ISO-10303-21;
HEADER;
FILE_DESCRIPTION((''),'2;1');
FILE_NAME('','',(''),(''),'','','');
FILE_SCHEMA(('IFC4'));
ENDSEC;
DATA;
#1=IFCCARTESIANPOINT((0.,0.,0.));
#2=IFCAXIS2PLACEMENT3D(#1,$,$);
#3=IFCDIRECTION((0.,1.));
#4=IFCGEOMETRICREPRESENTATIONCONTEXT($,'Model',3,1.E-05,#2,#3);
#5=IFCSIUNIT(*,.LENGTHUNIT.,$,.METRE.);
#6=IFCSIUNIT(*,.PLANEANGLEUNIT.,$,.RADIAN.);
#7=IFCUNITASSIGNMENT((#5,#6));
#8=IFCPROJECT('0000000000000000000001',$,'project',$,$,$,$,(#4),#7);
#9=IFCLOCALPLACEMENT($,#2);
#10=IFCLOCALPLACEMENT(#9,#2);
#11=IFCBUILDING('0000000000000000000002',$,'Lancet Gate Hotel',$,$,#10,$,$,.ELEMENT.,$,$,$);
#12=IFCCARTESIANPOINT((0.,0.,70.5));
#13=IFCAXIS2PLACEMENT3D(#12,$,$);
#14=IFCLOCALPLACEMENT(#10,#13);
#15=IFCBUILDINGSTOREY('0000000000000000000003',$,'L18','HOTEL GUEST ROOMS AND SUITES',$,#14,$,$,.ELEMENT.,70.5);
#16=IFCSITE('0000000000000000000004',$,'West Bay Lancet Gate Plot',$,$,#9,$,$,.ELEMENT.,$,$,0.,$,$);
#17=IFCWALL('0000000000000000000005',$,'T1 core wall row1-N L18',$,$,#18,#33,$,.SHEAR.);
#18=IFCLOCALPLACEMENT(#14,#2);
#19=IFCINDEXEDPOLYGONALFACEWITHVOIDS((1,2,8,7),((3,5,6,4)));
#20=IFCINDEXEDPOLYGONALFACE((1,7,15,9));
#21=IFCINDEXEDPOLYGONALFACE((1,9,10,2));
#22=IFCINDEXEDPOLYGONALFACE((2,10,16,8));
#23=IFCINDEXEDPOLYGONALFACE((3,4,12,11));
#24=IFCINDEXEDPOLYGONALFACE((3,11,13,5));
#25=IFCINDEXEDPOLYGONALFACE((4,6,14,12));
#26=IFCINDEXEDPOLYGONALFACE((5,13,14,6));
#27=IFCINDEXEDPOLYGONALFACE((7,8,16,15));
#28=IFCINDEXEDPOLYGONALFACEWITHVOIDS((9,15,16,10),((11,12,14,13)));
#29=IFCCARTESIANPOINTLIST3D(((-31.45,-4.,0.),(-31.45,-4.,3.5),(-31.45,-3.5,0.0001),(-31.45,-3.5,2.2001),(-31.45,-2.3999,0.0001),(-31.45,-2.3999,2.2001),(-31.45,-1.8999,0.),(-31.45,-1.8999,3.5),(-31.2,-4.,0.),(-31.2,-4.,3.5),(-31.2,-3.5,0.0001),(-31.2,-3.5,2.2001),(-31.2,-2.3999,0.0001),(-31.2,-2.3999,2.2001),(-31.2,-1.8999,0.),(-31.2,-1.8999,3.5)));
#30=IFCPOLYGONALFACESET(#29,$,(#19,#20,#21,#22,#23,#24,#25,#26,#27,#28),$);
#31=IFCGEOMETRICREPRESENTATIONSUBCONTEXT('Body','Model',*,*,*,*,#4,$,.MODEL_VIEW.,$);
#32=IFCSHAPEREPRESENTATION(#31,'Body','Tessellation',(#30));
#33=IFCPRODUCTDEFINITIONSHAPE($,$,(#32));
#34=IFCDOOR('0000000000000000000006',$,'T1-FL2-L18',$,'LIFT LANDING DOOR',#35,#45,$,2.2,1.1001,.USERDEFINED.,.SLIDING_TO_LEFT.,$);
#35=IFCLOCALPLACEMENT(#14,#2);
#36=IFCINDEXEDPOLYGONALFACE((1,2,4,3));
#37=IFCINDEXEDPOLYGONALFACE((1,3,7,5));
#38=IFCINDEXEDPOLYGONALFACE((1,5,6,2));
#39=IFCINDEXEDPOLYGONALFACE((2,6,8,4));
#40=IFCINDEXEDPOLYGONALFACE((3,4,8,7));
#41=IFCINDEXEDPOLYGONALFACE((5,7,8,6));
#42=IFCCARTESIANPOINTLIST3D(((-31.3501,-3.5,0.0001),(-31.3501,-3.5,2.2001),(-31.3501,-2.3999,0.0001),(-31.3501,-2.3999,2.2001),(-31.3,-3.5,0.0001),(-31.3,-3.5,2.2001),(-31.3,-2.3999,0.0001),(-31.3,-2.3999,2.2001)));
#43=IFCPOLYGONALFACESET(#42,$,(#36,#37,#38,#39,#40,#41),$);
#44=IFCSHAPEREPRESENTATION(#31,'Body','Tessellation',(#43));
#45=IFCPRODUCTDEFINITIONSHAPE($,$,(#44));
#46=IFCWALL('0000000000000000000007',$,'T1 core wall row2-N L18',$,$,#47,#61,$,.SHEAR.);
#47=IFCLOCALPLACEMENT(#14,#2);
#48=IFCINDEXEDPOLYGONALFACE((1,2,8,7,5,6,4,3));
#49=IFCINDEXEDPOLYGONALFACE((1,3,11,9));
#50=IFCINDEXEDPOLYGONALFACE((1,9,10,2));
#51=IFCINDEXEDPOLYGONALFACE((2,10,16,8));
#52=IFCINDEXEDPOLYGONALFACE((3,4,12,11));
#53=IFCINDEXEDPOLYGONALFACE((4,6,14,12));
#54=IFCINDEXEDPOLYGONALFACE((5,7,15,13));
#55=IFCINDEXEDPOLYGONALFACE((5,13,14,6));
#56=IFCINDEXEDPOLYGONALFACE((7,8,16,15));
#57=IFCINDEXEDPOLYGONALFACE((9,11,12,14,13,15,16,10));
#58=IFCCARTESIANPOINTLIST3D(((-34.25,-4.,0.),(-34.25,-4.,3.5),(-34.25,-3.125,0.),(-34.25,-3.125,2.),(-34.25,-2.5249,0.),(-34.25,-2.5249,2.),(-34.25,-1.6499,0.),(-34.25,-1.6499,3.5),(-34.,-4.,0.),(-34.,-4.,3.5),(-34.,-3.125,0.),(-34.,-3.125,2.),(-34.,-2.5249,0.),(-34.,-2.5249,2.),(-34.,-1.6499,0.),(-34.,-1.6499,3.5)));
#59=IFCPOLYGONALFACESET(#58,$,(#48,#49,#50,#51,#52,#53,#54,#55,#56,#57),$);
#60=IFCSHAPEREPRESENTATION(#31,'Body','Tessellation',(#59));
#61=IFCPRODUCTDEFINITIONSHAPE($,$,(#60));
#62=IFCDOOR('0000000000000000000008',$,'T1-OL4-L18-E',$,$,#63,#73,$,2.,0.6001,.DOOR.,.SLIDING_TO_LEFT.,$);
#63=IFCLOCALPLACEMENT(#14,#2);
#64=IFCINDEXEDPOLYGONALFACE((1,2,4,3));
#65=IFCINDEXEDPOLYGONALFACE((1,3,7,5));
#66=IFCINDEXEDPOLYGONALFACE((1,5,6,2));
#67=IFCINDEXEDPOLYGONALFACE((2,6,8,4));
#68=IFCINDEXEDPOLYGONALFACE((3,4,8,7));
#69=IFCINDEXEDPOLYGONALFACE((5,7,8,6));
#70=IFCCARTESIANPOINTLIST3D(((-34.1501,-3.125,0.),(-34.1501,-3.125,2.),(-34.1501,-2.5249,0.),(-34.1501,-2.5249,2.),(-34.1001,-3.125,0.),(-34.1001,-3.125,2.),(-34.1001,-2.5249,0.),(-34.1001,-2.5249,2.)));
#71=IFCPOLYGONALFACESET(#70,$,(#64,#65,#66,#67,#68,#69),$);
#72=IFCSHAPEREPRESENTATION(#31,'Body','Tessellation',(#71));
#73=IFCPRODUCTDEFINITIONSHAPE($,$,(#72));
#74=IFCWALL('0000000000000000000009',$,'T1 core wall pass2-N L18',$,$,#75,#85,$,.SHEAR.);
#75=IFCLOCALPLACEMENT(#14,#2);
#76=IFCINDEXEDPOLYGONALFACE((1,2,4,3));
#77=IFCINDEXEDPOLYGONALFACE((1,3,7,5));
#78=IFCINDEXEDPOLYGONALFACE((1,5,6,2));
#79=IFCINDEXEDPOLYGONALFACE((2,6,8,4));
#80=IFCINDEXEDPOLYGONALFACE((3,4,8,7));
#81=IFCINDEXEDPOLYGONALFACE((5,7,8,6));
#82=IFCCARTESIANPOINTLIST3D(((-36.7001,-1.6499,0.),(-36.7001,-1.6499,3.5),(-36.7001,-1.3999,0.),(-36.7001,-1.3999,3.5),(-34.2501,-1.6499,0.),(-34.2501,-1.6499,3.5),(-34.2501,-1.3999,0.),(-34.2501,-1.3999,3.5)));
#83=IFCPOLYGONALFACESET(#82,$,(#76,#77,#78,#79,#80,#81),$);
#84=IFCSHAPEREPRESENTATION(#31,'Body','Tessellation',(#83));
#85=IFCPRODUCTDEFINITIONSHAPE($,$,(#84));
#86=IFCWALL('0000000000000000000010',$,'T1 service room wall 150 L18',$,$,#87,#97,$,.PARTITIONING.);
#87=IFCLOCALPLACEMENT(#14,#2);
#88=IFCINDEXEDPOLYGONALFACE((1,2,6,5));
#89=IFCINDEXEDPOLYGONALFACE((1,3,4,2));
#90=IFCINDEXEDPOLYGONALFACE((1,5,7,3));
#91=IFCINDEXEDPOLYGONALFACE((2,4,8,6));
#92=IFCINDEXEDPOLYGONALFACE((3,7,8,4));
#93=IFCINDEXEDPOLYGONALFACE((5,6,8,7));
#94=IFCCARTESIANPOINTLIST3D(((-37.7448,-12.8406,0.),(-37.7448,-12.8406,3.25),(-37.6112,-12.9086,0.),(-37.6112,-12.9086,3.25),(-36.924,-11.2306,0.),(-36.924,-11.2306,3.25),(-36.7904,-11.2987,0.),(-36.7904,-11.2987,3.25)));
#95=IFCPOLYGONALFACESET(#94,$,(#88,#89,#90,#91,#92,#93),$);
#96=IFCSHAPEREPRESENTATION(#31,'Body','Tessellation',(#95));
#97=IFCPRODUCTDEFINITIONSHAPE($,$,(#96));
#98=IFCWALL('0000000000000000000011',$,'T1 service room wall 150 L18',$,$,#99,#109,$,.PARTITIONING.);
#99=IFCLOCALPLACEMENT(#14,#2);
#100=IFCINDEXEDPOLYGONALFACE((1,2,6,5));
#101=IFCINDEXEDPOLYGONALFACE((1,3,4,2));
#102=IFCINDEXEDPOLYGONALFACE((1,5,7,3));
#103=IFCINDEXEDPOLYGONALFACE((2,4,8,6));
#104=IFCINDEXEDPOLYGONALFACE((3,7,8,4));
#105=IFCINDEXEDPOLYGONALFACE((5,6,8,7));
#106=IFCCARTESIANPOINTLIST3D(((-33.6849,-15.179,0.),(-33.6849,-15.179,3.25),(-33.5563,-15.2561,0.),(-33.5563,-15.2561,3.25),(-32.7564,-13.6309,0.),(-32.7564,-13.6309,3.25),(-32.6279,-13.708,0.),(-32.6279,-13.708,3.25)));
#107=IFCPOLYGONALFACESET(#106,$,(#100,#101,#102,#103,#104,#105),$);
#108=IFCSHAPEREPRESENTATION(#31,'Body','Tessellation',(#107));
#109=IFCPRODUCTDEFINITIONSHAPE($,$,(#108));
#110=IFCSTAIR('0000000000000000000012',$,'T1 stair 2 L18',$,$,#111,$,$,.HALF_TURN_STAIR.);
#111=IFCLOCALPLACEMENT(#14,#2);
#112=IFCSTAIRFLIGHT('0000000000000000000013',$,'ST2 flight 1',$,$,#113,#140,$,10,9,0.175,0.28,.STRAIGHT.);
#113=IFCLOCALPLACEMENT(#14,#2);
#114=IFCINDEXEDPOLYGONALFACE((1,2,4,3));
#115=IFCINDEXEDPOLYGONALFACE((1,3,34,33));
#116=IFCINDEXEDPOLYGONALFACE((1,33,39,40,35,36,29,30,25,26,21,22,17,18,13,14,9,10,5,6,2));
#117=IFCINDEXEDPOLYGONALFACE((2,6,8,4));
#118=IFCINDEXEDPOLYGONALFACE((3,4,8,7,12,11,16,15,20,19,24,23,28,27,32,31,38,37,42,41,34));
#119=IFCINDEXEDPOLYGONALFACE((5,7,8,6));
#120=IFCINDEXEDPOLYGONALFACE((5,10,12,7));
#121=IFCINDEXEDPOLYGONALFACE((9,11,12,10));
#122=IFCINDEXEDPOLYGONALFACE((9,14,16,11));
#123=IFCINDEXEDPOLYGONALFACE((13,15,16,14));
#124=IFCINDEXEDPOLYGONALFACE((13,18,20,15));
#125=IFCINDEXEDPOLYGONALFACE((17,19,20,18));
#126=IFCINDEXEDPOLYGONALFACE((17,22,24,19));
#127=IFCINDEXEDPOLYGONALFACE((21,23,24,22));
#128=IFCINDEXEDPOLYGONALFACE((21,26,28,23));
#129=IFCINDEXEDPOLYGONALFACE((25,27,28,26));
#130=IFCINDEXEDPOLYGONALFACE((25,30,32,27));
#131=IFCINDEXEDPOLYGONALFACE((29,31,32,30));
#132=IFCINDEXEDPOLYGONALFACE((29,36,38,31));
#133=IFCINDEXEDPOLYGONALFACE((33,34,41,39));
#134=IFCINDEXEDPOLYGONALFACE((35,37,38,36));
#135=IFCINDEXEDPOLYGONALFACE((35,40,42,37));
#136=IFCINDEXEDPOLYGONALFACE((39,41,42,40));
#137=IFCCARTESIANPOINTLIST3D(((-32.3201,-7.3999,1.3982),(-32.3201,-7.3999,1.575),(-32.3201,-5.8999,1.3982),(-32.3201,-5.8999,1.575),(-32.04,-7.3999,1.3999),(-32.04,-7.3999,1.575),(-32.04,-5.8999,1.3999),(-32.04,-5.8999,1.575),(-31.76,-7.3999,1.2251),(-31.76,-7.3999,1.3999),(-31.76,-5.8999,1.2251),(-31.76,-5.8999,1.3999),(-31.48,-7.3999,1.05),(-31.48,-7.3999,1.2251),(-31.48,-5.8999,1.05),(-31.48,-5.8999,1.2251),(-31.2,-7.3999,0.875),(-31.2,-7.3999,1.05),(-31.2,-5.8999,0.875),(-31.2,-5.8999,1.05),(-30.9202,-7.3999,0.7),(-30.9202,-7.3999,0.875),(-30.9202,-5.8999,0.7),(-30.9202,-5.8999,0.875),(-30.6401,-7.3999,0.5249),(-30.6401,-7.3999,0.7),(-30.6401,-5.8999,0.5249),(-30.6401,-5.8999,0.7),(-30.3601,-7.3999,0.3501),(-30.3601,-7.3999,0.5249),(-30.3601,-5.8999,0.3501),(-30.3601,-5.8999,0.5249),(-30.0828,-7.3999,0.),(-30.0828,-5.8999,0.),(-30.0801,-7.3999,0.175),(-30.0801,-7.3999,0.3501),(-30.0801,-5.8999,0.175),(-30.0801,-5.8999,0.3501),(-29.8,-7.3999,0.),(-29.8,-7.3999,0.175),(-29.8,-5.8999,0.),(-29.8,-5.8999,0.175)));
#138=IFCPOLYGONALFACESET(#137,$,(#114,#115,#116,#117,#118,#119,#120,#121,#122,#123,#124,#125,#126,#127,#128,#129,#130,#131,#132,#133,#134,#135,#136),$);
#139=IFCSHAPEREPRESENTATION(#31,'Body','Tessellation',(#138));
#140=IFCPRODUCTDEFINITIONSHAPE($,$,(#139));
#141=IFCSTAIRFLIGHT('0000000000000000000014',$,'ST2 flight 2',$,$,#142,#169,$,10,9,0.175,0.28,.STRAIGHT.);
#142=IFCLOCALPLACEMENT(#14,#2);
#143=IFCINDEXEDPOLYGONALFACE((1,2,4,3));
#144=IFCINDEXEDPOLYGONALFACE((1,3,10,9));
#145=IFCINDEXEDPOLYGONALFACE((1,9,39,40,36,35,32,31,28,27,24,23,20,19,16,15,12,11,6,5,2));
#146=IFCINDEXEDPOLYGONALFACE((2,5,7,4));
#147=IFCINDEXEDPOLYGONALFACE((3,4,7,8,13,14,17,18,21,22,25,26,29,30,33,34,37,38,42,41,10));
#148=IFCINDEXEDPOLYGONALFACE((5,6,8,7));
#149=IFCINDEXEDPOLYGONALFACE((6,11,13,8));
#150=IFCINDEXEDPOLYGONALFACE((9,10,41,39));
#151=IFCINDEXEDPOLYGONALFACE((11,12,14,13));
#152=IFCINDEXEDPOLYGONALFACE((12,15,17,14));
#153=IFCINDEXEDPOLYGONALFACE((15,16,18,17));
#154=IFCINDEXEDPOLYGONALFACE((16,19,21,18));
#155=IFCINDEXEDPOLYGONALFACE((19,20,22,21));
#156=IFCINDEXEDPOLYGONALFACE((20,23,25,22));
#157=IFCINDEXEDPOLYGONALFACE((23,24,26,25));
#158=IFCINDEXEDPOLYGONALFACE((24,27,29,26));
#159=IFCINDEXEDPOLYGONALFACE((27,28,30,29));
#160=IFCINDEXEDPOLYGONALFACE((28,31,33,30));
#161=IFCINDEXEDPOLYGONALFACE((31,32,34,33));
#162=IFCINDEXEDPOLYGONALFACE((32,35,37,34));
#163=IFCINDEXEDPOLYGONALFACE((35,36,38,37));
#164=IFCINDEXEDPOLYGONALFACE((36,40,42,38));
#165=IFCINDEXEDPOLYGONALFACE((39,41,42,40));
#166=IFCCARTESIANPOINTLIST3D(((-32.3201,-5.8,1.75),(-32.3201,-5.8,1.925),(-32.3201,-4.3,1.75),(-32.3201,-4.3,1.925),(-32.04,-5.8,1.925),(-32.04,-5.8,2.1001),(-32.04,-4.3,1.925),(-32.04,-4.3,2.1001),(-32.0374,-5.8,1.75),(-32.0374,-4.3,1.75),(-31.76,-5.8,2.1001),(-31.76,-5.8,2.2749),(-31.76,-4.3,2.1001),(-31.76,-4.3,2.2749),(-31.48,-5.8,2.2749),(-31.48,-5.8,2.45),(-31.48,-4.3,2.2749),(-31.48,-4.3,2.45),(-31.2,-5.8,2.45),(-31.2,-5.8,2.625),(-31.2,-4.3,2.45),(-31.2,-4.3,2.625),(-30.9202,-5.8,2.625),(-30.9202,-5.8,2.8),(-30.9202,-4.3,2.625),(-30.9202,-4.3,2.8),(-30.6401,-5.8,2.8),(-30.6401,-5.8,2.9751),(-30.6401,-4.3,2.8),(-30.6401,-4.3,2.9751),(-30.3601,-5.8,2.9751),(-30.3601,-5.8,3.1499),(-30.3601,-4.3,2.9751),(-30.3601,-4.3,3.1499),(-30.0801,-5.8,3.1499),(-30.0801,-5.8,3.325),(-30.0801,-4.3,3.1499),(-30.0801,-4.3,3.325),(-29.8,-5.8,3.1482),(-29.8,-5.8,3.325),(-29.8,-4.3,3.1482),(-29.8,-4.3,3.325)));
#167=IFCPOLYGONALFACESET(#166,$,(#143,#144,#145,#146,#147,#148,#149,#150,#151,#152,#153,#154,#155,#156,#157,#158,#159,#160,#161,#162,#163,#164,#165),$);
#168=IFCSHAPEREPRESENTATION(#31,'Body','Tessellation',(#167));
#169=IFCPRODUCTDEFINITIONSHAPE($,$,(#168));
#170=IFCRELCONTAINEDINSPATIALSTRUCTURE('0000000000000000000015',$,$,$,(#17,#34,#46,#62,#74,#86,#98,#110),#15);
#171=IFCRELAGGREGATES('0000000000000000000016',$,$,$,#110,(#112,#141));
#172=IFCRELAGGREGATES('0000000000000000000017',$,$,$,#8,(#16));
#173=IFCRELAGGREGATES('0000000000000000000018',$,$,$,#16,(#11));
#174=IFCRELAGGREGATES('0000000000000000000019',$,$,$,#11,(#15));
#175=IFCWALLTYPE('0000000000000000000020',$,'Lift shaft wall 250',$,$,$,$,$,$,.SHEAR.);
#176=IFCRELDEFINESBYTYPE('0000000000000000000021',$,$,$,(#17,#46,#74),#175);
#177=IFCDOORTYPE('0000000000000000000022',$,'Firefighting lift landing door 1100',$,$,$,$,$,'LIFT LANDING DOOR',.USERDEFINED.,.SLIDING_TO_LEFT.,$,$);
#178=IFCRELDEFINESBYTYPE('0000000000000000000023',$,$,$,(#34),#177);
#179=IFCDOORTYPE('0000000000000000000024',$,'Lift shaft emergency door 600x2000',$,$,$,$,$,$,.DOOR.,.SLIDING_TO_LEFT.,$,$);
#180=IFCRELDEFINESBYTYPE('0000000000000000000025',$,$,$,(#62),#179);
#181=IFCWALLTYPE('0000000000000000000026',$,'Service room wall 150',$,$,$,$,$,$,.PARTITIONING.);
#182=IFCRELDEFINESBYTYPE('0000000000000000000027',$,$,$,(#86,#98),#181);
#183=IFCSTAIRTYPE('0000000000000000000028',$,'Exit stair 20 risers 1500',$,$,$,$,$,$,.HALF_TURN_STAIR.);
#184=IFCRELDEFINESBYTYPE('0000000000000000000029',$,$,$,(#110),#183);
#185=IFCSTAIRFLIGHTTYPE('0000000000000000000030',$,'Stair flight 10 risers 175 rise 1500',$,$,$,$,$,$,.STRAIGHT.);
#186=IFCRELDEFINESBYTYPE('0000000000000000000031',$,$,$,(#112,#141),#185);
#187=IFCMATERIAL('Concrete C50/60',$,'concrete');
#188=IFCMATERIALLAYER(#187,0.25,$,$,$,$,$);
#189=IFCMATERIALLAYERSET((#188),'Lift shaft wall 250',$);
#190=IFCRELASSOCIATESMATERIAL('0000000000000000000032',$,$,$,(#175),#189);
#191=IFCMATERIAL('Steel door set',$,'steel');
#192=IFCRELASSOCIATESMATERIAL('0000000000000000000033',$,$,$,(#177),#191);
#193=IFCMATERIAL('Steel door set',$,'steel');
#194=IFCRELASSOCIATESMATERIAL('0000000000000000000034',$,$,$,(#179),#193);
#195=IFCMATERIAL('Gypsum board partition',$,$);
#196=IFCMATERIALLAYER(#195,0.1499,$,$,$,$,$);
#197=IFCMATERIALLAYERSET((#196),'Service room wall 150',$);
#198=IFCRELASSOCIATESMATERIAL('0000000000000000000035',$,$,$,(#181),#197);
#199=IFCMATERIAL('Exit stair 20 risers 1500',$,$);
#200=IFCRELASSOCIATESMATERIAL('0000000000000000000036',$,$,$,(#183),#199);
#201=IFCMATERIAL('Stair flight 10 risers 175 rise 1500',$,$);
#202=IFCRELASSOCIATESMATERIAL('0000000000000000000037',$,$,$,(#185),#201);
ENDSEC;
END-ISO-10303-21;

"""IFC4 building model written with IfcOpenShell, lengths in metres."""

from ifc_helpers import new_model, si_unit, direction, frame, frame_2d, origin, place, context, subcontext, project, spatial, polyline, rectangle, outline, extrude, material, layer, layer_set, type_object, element, fill, aggregate, save


model = new_model("IFC4")

# Units and contexts
model_context = context("Model", 3, precision=1e-05, world=origin(), true_north=direction((0.0, 1.0)))
body_context = subcontext(model_context, "Body", "Model", "MODEL_VIEW")
ifc_project = project(units=[si_unit("LENGTHUNIT", "METRE"), si_unit("PLANEANGLEUNIT", "RADIAN")], contexts=[model_context])

# Site, building, storey
site_placement = place(None, origin())
site = spatial("IfcSite", under=ifc_project, at=site_placement, Name="West Bay Lancet Gate Plot", CompositionType="ELEMENT", RefElevation=0.0)
building_placement = place(site_placement, origin())
building = spatial("IfcBuilding", under=site, at=building_placement, Name="Lancet Gate Hotel", CompositionType="ELEMENT")
storey_placement = place(building_placement, frame((0.0, 0.0, 70.5)))
storey = spatial("IfcBuildingStorey", under=building, at=storey_placement, Name="L18", Description="HOTEL GUEST ROOMS AND SUITES", CompositionType="ELEMENT", Elevation=70.5)

# Walls, openings, doors
ifc_material_1 = material(Name="Concrete C50/60", Category="concrete")
ifc_layer_1 = layer(ifc_material_1, 0.25)
ifc_layer_set_1 = layer_set([ifc_layer_1], Name="Lift shaft wall 250")
wall_type_1 = type_object("IfcWallType", Name="Lift shaft wall 250", PredefinedType="SHEAR", material=ifc_layer_set_1)
wall_1_placement = place(storey_placement, frame((-31.325, -1.8999, 0.0), z_axis=(0.0, 0.0, 1.0), x_axis=(0.0, -1.0, 0.0)))
wall_1 = element("IfcWall", 1, at=wall_1_placement, inside=storey, type_object=wall_type_1, Name="T1 core wall row1-N L18", PredefinedType="SHEAR", context=body_context, shape_type="SweptSolid", body=[
    extrude(rectangle(XDim=2.1001, YDim=0.25, at=frame_2d((1.05, 0.0))), origin(), (0.0, 0.0, 1.0), 3.5),
])
opening_1_placement = place(wall_1_placement, frame((0.5, 0.0, 0.0)))
opening_1 = element("IfcOpeningElement", 2, at=opening_1_placement, cuts=wall_1, PredefinedType="OPENING", context=body_context, shape_type="SweptSolid", body=[
    extrude(rectangle(XDim=1.1001, YDim=2.2, at=frame_2d((0.55, 1.1001))), frame((0.0, 0.135, 0.0), z_axis=(0.0, -1.0, 0.0), x_axis=(1.0, 0.0, 0.0)), (0.0, 0.0, 1.0), 0.27),
])
ifc_material_2 = material(Name="Steel door set", Category="steel")
door_type_1 = type_object("IfcDoorType", Name="Firefighting lift landing door 1100", ElementType="LIFT LANDING DOOR", OperationType="SLIDING_TO_LEFT", PredefinedType="USERDEFINED", material=ifc_material_2)
door_1_placement = place(opening_1_placement, origin())
door_1 = element("IfcDoor", 3, at=door_1_placement, inside=storey, type_object=door_type_1, Name="T1-FL2-L18", ObjectType="LIFT LANDING DOOR", OperationType="SLIDING_TO_LEFT", OverallHeight=2.2, OverallWidth=1.1001, PredefinedType="USERDEFINED", context=body_context, shape_type="SweptSolid", body=[
    extrude(rectangle(XDim=1.1001, YDim=2.2, at=frame_2d((0.55, 1.1001))), frame((0.0, 0.0249, 0.0), z_axis=(0.0, -1.0, 0.0), x_axis=(1.0, 0.0, 0.0)), (0.0, 0.0, 1.0), 0.05),
])
fill(opening_1, door_1)
wall_2_placement = place(storey_placement, frame((-34.125, -1.6499, 0.0), z_axis=(0.0, 0.0, 1.0), x_axis=(0.0, -1.0, 0.0)))
wall_2 = element("IfcWall", 4, at=wall_2_placement, inside=storey, type_object=wall_type_1, Name="T1 core wall row2-N L18", PredefinedType="SHEAR", context=body_context, shape_type="SweptSolid", body=[
    extrude(rectangle(XDim=2.3501, YDim=0.25, at=frame_2d((1.175, 0.0))), origin(), (0.0, 0.0, 1.0), 3.5),
])
opening_2_placement = place(wall_2_placement, frame((0.875, 0.0, 0.0)))
opening_2 = element("IfcOpeningElement", 5, at=opening_2_placement, cuts=wall_2, PredefinedType="OPENING", context=body_context, shape_type="SweptSolid", body=[
    extrude(rectangle(XDim=0.6001, YDim=2.0, at=frame_2d((0.3, 1.0))), frame((0.0, 0.135, 0.0), z_axis=(0.0, -1.0, 0.0), x_axis=(1.0, 0.0, 0.0)), (0.0, 0.0, 1.0), 0.27),
])
ifc_material_3 = material(Name="Steel door set", Category="steel")
door_type_2 = type_object("IfcDoorType", Name="Lift shaft emergency door 600x2000", OperationType="SLIDING_TO_LEFT", PredefinedType="DOOR", material=ifc_material_3)
door_2_placement = place(opening_2_placement, origin())
door_2 = element("IfcDoor", 6, at=door_2_placement, inside=storey, type_object=door_type_2, Name="T1-OL4-L18-E", OperationType="SLIDING_TO_LEFT", OverallHeight=2.0, OverallWidth=0.6001, PredefinedType="DOOR", context=body_context, shape_type="SweptSolid", body=[
    extrude(rectangle(XDim=0.6001, YDim=2.0, at=frame_2d((0.3, 1.0))), frame((0.0, 0.0249, 0.0), z_axis=(0.0, -1.0, 0.0), x_axis=(1.0, 0.0, 0.0)), (0.0, 0.0, 1.0), 0.05),
])
fill(opening_2, door_2)

# Walls
wall_3_placement = place(storey_placement, frame((-34.25, -1.5249, 0.0), z_axis=(0.0, 0.0, 1.0), x_axis=(-1.0, 0.0, 0.0)))
element("IfcWall", 7, at=wall_3_placement, inside=storey, type_object=wall_type_1, Name="T1 core wall pass2-N L18", PredefinedType="SHEAR", context=body_context, shape_type="SweptSolid", body=[
    extrude(rectangle(XDim=2.45, YDim=0.25, at=frame_2d((1.2251, 0.0))), origin(), (0.0, 0.0, 1.0), 3.5),
])
ifc_material_4 = material(Name="Gypsum board partition")
ifc_layer_2 = layer(ifc_material_4, 0.1499)
ifc_layer_set_2 = layer_set([ifc_layer_2], Name="Service room wall 150")
wall_type_2 = type_object("IfcWallType", Name="Service room wall 150", PredefinedType="PARTITIONING", material=ifc_layer_set_2)
wall_4_placement = place(storey_placement, frame((-36.8572, -11.2646, 0.0), z_axis=(0.0, 0.0, 1.0), x_axis=(-0.454225, -0.890887, 0.0)))
element("IfcWall", 8, at=wall_4_placement, inside=storey, type_object=wall_type_2, Name="T1 service room wall 150 L18", PredefinedType="PARTITIONING", context=body_context, shape_type="SweptSolid", body=[
    extrude(rectangle(XDim=1.8071, YDim=0.1499, at=frame_2d((0.9036, 0.0))), origin(), (0.0, 0.0, 1.0), 3.25),
])
wall_5_placement = place(storey_placement, frame((-33.6206, -15.2175, 0.0), z_axis=(0.0, 0.0, 1.0), x_axis=(0.514337, 0.857588, 0.0)))
element("IfcWall", 9, at=wall_5_placement, inside=storey, type_object=wall_type_2, Name="T1 service room wall 150 L18", PredefinedType="PARTITIONING", context=body_context, shape_type="SweptSolid", body=[
    extrude(rectangle(XDim=1.8052, YDim=0.1499, at=frame_2d((0.9026, 0.0))), origin(), (0.0, 0.0, 1.0), 3.25),
])

# Stair, stair flights
ifc_material_5 = material(Name="Exit stair 20 risers 1500")
stair_type = type_object("IfcStairType", Name="Exit stair 20 risers 1500", PredefinedType="HALF_TURN_STAIR", material=ifc_material_5)
stair_placement = place(storey_placement, origin())
stair = element("IfcStair", 10, at=stair_placement, inside=storey, type_object=stair_type, Name="T1 stair 2 L18", PredefinedType="HALF_TURN_STAIR")
ifc_material_6 = material(Name="Stair flight 10 risers 175 rise 1500")
stair_flight_type = type_object("IfcStairFlightType", Name="Stair flight 10 risers 175 rise 1500", PredefinedType="STRAIGHT", material=ifc_material_6)
stair_flight_1_placement = place(storey_placement, frame((-29.8, -6.6499, 0.0), z_axis=(0.0, 0.0, 1.0), x_axis=(-1.0, 0.0, 0.0)))
stair_flight_1 = element("IfcStairFlight", 11, at=stair_flight_1_placement, type_object=stair_flight_type, Name="ST2 flight 1", NumberOfRisers=10, NumberOfTreads=9, PredefinedType="STRAIGHT", RiserHeight=0.175, TreadLength=0.28, context=body_context, shape_type="SweptSolid", body=[
    extrude(outline(polyline([(0.0, 0.0), (0.0, 0.175), (0.28, 0.175), (0.28, 0.3501), (0.5601, 0.3501), (0.5601, 0.5249), (0.8401, 0.5249), (0.8401, 0.7), (1.1201, 0.7), (1.1201, 0.875), (1.3999, 0.875), (1.3999, 1.05), (1.6799, 1.05), (1.6799, 1.2251), (1.96, 1.2251), (1.96, 1.3999), (2.24, 1.3999), (2.24, 1.575), (2.52, 1.575), (2.52, 1.75), (2.52, 1.3982), (0.2827, 0.0), (0.0, 0.0)])), frame((0.0, 0.75, 0.0), z_axis=(0.0, -1.0, 0.0), x_axis=(1.0, 0.0, 0.0)), (0.0, 0.0, 1.0), 1.5),
])
stair_flight_2_placement = place(storey_placement, frame((-32.3201, -5.05, 1.75), z_axis=(0.0, 0.0, 1.0), x_axis=(1.0, 0.0, 0.0)))
stair_flight_2 = element("IfcStairFlight", 12, at=stair_flight_2_placement, type_object=stair_flight_type, Name="ST2 flight 2", NumberOfRisers=10, NumberOfTreads=9, PredefinedType="STRAIGHT", RiserHeight=0.175, TreadLength=0.28, context=body_context, shape_type="SweptSolid", body=[
    extrude(outline(polyline([(0.0, 0.0), (0.0, 0.175), (0.28, 0.175), (0.28, 0.3501), (0.5601, 0.3501), (0.5601, 0.5249), (0.8401, 0.5249), (0.8401, 0.7), (1.1201, 0.7), (1.1201, 0.875), (1.3999, 0.875), (1.3999, 1.05), (1.6799, 1.05), (1.6799, 1.2251), (1.96, 1.2251), (1.96, 1.3999), (2.24, 1.3999), (2.24, 1.575), (2.52, 1.575), (2.52, 1.75), (2.52, 1.3982), (0.2827, 0.0), (0.0, 0.0)])), frame((0.0, 0.75, 0.0), z_axis=(0.0, -1.0, 0.0), x_axis=(1.0, 0.0, 0.0)), (0.0, 0.0, 1.0), 1.5),
])
aggregate(stair, [stair_flight_1, stair_flight_2])

save(model, "model.ifc")
